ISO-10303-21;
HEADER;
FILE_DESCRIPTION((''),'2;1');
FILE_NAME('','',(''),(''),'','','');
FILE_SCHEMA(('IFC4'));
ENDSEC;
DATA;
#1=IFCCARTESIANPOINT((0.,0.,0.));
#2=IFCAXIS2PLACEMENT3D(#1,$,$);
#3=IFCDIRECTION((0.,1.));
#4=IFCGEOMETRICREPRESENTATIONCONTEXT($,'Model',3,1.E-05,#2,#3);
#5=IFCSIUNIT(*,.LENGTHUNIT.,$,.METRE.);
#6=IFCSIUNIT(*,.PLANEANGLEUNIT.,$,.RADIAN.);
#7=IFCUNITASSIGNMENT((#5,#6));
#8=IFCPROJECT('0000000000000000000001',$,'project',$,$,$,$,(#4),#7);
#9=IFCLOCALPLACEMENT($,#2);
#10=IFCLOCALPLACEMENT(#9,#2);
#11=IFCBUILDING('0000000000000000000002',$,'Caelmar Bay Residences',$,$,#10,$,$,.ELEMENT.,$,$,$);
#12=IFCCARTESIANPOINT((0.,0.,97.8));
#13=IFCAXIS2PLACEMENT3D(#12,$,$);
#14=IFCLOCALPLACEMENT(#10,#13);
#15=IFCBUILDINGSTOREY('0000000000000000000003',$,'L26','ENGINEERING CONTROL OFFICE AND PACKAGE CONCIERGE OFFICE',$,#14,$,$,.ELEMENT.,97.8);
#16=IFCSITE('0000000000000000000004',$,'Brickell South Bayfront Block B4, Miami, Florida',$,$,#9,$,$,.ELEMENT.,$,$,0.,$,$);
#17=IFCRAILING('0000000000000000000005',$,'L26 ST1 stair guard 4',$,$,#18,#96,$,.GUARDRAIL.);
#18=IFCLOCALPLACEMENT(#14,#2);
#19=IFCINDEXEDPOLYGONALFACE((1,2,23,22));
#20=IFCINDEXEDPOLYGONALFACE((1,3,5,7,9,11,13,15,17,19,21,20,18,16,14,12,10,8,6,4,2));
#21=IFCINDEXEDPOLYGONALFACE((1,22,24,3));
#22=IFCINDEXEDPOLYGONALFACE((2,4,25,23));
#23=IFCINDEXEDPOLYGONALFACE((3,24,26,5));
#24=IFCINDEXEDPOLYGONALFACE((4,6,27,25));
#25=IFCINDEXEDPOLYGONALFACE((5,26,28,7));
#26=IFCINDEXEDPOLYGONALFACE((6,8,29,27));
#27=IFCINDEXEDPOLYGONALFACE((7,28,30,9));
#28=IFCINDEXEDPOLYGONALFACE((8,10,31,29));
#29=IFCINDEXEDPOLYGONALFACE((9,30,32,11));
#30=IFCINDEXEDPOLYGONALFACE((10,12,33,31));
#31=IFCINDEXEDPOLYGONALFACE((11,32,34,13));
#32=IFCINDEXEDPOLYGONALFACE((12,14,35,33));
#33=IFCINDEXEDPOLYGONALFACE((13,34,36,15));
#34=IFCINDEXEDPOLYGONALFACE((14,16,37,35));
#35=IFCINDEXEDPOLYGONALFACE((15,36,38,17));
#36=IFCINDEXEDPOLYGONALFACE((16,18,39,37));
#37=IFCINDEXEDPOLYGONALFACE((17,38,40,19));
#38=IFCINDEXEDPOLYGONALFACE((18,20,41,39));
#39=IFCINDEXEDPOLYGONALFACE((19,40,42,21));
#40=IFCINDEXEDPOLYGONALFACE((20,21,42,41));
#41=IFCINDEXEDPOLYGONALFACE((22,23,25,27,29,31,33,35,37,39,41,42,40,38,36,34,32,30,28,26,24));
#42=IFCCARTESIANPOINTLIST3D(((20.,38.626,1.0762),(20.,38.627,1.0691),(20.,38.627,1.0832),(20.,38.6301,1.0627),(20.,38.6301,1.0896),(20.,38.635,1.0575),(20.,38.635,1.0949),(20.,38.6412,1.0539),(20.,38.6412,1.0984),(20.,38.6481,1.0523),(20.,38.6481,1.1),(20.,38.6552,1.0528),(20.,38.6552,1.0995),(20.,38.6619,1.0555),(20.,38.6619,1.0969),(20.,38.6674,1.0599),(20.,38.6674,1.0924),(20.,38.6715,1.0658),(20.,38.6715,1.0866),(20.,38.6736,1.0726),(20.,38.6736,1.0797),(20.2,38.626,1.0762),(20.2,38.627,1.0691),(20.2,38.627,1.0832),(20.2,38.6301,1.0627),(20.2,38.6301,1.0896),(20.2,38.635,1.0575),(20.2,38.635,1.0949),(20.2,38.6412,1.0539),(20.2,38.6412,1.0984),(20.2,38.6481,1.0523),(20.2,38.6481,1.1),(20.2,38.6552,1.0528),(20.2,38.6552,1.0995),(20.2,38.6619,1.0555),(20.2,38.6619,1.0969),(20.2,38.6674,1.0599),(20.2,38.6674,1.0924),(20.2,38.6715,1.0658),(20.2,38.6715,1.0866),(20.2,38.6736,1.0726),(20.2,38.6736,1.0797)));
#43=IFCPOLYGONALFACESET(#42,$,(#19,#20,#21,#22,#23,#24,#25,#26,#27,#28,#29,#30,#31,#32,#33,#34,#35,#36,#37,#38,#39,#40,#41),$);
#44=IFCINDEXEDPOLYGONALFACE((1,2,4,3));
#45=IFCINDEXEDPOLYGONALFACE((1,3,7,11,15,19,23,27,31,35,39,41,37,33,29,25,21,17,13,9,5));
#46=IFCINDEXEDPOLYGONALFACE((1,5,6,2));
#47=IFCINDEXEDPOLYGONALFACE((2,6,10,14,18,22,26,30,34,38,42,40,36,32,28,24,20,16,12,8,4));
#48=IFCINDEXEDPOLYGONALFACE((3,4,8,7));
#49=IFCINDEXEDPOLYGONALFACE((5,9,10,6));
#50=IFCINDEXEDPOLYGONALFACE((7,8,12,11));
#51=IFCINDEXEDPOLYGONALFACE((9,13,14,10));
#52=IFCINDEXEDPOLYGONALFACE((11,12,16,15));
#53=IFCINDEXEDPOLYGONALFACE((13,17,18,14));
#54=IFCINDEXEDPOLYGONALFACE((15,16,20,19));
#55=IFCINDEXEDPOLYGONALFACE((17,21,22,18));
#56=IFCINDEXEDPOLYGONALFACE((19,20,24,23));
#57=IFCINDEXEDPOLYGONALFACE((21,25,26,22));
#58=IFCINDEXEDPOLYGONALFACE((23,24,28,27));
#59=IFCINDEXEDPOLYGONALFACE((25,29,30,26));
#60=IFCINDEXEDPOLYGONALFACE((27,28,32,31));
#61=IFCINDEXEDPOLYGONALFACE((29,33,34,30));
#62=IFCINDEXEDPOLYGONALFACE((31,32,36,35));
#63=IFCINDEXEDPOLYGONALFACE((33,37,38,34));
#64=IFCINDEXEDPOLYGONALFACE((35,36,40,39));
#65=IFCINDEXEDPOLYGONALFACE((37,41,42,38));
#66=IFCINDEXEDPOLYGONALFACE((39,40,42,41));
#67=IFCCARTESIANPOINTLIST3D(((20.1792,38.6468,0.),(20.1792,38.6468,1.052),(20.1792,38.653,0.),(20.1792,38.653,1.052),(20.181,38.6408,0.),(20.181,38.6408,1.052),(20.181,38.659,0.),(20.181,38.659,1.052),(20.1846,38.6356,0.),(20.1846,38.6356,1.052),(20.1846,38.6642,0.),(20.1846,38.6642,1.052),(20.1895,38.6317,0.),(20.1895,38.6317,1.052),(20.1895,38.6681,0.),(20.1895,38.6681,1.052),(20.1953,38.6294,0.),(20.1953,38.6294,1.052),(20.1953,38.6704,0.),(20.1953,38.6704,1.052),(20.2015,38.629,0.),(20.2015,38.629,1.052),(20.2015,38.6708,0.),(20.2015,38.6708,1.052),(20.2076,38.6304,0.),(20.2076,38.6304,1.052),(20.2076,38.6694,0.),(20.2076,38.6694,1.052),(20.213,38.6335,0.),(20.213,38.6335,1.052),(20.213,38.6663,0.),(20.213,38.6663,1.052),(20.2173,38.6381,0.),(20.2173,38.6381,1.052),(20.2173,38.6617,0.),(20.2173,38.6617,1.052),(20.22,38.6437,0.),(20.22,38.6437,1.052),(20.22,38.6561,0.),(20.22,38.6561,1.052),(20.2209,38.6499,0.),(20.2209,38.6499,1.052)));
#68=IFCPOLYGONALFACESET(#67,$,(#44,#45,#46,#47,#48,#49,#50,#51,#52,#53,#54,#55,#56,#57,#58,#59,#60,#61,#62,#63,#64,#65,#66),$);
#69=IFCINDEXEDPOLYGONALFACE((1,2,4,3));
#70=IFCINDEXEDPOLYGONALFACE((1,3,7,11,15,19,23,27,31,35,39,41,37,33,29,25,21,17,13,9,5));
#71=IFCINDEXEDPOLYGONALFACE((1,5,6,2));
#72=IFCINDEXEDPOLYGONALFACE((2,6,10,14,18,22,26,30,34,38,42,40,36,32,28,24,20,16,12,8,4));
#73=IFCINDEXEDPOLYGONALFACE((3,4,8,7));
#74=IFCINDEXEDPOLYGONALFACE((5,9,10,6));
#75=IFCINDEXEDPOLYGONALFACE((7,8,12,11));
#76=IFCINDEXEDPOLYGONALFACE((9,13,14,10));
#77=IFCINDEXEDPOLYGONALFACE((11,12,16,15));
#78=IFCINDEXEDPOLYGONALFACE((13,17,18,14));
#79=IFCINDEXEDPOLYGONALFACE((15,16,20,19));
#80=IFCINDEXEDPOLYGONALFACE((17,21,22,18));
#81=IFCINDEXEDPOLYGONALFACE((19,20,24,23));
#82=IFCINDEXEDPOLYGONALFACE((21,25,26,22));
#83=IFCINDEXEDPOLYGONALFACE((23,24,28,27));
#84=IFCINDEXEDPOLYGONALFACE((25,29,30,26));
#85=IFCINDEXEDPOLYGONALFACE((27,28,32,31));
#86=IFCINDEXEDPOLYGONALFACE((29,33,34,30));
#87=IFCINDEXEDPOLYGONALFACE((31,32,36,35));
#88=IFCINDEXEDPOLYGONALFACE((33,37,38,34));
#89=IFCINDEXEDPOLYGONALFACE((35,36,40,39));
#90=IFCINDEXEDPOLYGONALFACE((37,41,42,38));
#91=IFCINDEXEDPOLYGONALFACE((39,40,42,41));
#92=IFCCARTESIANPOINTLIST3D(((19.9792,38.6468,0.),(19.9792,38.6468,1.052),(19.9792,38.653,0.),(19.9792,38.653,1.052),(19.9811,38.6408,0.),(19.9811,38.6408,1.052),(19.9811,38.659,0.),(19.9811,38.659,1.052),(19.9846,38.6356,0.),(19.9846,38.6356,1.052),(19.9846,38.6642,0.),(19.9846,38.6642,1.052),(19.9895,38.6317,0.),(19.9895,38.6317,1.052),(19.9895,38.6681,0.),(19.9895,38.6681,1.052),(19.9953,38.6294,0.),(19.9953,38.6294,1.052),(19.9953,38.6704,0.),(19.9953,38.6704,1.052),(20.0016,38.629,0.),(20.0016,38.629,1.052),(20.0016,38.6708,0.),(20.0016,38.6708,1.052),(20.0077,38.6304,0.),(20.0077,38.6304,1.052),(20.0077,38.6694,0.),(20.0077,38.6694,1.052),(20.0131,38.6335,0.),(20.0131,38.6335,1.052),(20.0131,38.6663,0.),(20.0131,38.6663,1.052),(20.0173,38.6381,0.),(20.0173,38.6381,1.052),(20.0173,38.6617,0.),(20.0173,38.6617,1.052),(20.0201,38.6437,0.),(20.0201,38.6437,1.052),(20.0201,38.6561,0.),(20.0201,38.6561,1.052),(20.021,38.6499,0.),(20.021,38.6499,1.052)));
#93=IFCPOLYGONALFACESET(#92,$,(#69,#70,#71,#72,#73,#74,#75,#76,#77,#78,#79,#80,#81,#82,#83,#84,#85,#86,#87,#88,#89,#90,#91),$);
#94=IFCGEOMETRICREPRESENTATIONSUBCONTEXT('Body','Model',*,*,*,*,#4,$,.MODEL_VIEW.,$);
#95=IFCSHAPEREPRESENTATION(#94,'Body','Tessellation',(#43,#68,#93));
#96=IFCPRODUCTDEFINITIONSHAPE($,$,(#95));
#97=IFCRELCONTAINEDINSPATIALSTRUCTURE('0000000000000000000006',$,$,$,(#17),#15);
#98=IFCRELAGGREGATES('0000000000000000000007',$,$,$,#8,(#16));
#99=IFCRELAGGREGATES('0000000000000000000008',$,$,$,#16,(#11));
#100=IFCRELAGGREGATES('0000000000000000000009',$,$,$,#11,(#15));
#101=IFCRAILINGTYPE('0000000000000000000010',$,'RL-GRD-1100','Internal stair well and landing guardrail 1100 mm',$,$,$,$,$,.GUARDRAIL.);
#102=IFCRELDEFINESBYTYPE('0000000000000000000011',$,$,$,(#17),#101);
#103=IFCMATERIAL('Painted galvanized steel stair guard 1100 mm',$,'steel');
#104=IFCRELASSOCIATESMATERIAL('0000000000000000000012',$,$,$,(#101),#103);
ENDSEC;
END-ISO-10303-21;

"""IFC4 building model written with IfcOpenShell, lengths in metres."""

from ifc_helpers import new_model, si_unit, direction, frame, origin, origin_2d, place, context, subcontext, project, spatial, circle, extrude, material, type_object, element, save


model = new_model("IFC4")

# Units and contexts
model_context = context("Model", 3, precision=1e-05, world=origin(), true_north=direction((0.0, 1.0)))
body_context = subcontext(model_context, "Body", "Model", "MODEL_VIEW")
ifc_project = project(units=[si_unit("LENGTHUNIT", "METRE"), si_unit("PLANEANGLEUNIT", "RADIAN")], contexts=[model_context])

# Site, building, storey
site_placement = place(None, origin())
site = spatial("IfcSite", under=ifc_project, at=site_placement, Name="Brickell South Bayfront Block B4, Miami, Florida", CompositionType="ELEMENT", RefElevation=0.0)
building_placement = place(site_placement, origin())
building = spatial("IfcBuilding", under=site, at=building_placement, Name="Caelmar Bay Residences", CompositionType="ELEMENT")
storey_placement = place(building_placement, frame((0.0, 0.0, 97.8)))
storey = spatial("IfcBuildingStorey", under=building, at=storey_placement, Name="L26", Description="ENGINEERING CONTROL OFFICE AND PACKAGE CONCIERGE OFFICE", CompositionType="ELEMENT", Elevation=97.8)

# Railing
ifc_material_1 = material(Name="Painted galvanized steel stair guard 1100 mm", Category="steel")
railing_type_1 = type_object("IfcRailingType", Name="RL-GRD-1100", Description="Internal stair well and landing guardrail 1100 mm", PredefinedType="GUARDRAIL", material=ifc_material_1)
railing_1_placement = place(storey_placement, frame((20.2, 38.6499, 0.0)))
element("IfcRailing", 1, at=railing_1_placement, inside=storey, type_object=railing_type_1, Name="L26 ST1 stair guard 4", PredefinedType="GUARDRAIL", context=body_context, shape_type="SweptSolid", body=[
    extrude(circle(Radius=0.0239, at=origin_2d()), frame((0.0, 0.0, 1.0762), z_axis=(-1.0, 0.0, 0.0), x_axis=(0.0, -1.0, 0.0)), (0.0, 0.0, 1.0), 0.2),
    extrude(circle(Radius=0.021, at=origin_2d()), origin(), (0.0, 0.0, 1.0), 1.052),
    extrude(circle(Radius=0.021, at=origin_2d()), frame((-0.2, 0.0, 0.0)), (0.0, 0.0, 1.0), 1.052),
])

save(model, "model.ifc")
